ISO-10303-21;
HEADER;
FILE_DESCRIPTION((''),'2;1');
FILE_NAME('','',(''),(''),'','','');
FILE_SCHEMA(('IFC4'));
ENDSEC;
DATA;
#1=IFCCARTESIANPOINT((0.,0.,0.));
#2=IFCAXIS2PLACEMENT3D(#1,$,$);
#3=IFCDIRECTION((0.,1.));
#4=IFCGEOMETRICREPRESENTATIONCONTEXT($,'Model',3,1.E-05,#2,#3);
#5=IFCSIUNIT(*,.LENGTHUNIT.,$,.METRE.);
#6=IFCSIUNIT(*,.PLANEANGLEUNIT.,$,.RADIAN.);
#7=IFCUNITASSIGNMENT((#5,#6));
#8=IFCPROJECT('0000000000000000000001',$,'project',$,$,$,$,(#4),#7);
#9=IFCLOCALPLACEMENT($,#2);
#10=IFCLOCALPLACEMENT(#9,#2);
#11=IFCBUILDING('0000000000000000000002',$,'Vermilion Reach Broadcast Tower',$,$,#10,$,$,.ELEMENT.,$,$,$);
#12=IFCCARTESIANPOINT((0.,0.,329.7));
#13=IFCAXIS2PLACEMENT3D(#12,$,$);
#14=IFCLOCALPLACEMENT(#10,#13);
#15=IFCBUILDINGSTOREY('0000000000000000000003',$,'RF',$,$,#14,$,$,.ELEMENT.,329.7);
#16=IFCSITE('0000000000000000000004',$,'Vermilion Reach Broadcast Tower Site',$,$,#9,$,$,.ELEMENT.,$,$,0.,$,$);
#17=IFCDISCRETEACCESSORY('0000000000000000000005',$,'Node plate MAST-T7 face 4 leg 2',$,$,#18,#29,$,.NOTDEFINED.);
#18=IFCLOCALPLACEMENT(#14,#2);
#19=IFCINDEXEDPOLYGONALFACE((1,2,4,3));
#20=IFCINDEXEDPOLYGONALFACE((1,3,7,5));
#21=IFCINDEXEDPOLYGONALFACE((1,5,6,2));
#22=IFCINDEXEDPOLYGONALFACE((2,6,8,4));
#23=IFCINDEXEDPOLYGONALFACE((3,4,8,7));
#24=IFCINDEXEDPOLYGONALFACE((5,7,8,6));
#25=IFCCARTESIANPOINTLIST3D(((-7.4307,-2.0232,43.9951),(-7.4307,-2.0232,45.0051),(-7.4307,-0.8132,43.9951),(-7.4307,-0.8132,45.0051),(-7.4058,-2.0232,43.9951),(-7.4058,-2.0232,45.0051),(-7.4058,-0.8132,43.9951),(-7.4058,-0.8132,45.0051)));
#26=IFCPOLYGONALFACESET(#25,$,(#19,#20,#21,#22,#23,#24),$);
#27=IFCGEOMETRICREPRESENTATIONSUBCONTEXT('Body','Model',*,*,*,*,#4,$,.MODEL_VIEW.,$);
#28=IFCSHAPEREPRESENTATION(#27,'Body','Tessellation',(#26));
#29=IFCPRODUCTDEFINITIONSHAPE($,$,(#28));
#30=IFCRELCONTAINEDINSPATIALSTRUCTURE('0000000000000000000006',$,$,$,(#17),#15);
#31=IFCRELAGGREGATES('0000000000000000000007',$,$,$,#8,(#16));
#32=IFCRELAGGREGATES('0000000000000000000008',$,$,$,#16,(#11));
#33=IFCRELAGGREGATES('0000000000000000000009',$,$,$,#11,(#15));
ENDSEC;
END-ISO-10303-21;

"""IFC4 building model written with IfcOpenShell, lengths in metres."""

from ifc_helpers import new_model, si_unit, direction, frame, origin, origin_2d, place, context, subcontext, project, spatial, rectangle, extrude, element, save


model = new_model("IFC4")

# Units and contexts
model_context = context("Model", 3, precision=1e-05, world=origin(), true_north=direction((0.0, 1.0)))
body_context = subcontext(model_context, "Body", "Model", "MODEL_VIEW")
ifc_project = project(units=[si_unit("LENGTHUNIT", "METRE"), si_unit("PLANEANGLEUNIT", "RADIAN")], contexts=[model_context])

# Site, building, storey
site_placement = place(None, origin())
site = spatial("IfcSite", under=ifc_project, at=site_placement, Name="Vermilion Reach Broadcast Tower Site", CompositionType="ELEMENT", RefElevation=0.0)
building_placement = place(site_placement, origin())
building = spatial("IfcBuilding", under=site, at=building_placement, Name="Vermilion Reach Broadcast Tower", CompositionType="ELEMENT")
storey_placement = place(building_placement, frame((0.0, 0.0, 329.7)))
storey = spatial("IfcBuildingStorey", under=building, at=storey_placement, Name="RF", CompositionType="ELEMENT", Elevation=329.7)

# Discrete accessory
discrete_accessory_placement = place(storey_placement, frame((-7.4182, -1.4182, 43.9951), z_axis=(0.0, 0.0, 1.0), x_axis=(1.0, 0.0, 0.0)))
element("IfcDiscreteAccessory", 1, at=discrete_accessory_placement, inside=storey, Name="Node plate MAST-T7 face 4 leg 2", PredefinedType="NOTDEFINED", context=body_context, shape_type="SweptSolid", body=[
    extrude(rectangle(XDim=0.0249, YDim=1.21, at=origin_2d()), origin(), (0.0, 0.0, 1.0), 1.01),
])

save(model, "model.ifc")
